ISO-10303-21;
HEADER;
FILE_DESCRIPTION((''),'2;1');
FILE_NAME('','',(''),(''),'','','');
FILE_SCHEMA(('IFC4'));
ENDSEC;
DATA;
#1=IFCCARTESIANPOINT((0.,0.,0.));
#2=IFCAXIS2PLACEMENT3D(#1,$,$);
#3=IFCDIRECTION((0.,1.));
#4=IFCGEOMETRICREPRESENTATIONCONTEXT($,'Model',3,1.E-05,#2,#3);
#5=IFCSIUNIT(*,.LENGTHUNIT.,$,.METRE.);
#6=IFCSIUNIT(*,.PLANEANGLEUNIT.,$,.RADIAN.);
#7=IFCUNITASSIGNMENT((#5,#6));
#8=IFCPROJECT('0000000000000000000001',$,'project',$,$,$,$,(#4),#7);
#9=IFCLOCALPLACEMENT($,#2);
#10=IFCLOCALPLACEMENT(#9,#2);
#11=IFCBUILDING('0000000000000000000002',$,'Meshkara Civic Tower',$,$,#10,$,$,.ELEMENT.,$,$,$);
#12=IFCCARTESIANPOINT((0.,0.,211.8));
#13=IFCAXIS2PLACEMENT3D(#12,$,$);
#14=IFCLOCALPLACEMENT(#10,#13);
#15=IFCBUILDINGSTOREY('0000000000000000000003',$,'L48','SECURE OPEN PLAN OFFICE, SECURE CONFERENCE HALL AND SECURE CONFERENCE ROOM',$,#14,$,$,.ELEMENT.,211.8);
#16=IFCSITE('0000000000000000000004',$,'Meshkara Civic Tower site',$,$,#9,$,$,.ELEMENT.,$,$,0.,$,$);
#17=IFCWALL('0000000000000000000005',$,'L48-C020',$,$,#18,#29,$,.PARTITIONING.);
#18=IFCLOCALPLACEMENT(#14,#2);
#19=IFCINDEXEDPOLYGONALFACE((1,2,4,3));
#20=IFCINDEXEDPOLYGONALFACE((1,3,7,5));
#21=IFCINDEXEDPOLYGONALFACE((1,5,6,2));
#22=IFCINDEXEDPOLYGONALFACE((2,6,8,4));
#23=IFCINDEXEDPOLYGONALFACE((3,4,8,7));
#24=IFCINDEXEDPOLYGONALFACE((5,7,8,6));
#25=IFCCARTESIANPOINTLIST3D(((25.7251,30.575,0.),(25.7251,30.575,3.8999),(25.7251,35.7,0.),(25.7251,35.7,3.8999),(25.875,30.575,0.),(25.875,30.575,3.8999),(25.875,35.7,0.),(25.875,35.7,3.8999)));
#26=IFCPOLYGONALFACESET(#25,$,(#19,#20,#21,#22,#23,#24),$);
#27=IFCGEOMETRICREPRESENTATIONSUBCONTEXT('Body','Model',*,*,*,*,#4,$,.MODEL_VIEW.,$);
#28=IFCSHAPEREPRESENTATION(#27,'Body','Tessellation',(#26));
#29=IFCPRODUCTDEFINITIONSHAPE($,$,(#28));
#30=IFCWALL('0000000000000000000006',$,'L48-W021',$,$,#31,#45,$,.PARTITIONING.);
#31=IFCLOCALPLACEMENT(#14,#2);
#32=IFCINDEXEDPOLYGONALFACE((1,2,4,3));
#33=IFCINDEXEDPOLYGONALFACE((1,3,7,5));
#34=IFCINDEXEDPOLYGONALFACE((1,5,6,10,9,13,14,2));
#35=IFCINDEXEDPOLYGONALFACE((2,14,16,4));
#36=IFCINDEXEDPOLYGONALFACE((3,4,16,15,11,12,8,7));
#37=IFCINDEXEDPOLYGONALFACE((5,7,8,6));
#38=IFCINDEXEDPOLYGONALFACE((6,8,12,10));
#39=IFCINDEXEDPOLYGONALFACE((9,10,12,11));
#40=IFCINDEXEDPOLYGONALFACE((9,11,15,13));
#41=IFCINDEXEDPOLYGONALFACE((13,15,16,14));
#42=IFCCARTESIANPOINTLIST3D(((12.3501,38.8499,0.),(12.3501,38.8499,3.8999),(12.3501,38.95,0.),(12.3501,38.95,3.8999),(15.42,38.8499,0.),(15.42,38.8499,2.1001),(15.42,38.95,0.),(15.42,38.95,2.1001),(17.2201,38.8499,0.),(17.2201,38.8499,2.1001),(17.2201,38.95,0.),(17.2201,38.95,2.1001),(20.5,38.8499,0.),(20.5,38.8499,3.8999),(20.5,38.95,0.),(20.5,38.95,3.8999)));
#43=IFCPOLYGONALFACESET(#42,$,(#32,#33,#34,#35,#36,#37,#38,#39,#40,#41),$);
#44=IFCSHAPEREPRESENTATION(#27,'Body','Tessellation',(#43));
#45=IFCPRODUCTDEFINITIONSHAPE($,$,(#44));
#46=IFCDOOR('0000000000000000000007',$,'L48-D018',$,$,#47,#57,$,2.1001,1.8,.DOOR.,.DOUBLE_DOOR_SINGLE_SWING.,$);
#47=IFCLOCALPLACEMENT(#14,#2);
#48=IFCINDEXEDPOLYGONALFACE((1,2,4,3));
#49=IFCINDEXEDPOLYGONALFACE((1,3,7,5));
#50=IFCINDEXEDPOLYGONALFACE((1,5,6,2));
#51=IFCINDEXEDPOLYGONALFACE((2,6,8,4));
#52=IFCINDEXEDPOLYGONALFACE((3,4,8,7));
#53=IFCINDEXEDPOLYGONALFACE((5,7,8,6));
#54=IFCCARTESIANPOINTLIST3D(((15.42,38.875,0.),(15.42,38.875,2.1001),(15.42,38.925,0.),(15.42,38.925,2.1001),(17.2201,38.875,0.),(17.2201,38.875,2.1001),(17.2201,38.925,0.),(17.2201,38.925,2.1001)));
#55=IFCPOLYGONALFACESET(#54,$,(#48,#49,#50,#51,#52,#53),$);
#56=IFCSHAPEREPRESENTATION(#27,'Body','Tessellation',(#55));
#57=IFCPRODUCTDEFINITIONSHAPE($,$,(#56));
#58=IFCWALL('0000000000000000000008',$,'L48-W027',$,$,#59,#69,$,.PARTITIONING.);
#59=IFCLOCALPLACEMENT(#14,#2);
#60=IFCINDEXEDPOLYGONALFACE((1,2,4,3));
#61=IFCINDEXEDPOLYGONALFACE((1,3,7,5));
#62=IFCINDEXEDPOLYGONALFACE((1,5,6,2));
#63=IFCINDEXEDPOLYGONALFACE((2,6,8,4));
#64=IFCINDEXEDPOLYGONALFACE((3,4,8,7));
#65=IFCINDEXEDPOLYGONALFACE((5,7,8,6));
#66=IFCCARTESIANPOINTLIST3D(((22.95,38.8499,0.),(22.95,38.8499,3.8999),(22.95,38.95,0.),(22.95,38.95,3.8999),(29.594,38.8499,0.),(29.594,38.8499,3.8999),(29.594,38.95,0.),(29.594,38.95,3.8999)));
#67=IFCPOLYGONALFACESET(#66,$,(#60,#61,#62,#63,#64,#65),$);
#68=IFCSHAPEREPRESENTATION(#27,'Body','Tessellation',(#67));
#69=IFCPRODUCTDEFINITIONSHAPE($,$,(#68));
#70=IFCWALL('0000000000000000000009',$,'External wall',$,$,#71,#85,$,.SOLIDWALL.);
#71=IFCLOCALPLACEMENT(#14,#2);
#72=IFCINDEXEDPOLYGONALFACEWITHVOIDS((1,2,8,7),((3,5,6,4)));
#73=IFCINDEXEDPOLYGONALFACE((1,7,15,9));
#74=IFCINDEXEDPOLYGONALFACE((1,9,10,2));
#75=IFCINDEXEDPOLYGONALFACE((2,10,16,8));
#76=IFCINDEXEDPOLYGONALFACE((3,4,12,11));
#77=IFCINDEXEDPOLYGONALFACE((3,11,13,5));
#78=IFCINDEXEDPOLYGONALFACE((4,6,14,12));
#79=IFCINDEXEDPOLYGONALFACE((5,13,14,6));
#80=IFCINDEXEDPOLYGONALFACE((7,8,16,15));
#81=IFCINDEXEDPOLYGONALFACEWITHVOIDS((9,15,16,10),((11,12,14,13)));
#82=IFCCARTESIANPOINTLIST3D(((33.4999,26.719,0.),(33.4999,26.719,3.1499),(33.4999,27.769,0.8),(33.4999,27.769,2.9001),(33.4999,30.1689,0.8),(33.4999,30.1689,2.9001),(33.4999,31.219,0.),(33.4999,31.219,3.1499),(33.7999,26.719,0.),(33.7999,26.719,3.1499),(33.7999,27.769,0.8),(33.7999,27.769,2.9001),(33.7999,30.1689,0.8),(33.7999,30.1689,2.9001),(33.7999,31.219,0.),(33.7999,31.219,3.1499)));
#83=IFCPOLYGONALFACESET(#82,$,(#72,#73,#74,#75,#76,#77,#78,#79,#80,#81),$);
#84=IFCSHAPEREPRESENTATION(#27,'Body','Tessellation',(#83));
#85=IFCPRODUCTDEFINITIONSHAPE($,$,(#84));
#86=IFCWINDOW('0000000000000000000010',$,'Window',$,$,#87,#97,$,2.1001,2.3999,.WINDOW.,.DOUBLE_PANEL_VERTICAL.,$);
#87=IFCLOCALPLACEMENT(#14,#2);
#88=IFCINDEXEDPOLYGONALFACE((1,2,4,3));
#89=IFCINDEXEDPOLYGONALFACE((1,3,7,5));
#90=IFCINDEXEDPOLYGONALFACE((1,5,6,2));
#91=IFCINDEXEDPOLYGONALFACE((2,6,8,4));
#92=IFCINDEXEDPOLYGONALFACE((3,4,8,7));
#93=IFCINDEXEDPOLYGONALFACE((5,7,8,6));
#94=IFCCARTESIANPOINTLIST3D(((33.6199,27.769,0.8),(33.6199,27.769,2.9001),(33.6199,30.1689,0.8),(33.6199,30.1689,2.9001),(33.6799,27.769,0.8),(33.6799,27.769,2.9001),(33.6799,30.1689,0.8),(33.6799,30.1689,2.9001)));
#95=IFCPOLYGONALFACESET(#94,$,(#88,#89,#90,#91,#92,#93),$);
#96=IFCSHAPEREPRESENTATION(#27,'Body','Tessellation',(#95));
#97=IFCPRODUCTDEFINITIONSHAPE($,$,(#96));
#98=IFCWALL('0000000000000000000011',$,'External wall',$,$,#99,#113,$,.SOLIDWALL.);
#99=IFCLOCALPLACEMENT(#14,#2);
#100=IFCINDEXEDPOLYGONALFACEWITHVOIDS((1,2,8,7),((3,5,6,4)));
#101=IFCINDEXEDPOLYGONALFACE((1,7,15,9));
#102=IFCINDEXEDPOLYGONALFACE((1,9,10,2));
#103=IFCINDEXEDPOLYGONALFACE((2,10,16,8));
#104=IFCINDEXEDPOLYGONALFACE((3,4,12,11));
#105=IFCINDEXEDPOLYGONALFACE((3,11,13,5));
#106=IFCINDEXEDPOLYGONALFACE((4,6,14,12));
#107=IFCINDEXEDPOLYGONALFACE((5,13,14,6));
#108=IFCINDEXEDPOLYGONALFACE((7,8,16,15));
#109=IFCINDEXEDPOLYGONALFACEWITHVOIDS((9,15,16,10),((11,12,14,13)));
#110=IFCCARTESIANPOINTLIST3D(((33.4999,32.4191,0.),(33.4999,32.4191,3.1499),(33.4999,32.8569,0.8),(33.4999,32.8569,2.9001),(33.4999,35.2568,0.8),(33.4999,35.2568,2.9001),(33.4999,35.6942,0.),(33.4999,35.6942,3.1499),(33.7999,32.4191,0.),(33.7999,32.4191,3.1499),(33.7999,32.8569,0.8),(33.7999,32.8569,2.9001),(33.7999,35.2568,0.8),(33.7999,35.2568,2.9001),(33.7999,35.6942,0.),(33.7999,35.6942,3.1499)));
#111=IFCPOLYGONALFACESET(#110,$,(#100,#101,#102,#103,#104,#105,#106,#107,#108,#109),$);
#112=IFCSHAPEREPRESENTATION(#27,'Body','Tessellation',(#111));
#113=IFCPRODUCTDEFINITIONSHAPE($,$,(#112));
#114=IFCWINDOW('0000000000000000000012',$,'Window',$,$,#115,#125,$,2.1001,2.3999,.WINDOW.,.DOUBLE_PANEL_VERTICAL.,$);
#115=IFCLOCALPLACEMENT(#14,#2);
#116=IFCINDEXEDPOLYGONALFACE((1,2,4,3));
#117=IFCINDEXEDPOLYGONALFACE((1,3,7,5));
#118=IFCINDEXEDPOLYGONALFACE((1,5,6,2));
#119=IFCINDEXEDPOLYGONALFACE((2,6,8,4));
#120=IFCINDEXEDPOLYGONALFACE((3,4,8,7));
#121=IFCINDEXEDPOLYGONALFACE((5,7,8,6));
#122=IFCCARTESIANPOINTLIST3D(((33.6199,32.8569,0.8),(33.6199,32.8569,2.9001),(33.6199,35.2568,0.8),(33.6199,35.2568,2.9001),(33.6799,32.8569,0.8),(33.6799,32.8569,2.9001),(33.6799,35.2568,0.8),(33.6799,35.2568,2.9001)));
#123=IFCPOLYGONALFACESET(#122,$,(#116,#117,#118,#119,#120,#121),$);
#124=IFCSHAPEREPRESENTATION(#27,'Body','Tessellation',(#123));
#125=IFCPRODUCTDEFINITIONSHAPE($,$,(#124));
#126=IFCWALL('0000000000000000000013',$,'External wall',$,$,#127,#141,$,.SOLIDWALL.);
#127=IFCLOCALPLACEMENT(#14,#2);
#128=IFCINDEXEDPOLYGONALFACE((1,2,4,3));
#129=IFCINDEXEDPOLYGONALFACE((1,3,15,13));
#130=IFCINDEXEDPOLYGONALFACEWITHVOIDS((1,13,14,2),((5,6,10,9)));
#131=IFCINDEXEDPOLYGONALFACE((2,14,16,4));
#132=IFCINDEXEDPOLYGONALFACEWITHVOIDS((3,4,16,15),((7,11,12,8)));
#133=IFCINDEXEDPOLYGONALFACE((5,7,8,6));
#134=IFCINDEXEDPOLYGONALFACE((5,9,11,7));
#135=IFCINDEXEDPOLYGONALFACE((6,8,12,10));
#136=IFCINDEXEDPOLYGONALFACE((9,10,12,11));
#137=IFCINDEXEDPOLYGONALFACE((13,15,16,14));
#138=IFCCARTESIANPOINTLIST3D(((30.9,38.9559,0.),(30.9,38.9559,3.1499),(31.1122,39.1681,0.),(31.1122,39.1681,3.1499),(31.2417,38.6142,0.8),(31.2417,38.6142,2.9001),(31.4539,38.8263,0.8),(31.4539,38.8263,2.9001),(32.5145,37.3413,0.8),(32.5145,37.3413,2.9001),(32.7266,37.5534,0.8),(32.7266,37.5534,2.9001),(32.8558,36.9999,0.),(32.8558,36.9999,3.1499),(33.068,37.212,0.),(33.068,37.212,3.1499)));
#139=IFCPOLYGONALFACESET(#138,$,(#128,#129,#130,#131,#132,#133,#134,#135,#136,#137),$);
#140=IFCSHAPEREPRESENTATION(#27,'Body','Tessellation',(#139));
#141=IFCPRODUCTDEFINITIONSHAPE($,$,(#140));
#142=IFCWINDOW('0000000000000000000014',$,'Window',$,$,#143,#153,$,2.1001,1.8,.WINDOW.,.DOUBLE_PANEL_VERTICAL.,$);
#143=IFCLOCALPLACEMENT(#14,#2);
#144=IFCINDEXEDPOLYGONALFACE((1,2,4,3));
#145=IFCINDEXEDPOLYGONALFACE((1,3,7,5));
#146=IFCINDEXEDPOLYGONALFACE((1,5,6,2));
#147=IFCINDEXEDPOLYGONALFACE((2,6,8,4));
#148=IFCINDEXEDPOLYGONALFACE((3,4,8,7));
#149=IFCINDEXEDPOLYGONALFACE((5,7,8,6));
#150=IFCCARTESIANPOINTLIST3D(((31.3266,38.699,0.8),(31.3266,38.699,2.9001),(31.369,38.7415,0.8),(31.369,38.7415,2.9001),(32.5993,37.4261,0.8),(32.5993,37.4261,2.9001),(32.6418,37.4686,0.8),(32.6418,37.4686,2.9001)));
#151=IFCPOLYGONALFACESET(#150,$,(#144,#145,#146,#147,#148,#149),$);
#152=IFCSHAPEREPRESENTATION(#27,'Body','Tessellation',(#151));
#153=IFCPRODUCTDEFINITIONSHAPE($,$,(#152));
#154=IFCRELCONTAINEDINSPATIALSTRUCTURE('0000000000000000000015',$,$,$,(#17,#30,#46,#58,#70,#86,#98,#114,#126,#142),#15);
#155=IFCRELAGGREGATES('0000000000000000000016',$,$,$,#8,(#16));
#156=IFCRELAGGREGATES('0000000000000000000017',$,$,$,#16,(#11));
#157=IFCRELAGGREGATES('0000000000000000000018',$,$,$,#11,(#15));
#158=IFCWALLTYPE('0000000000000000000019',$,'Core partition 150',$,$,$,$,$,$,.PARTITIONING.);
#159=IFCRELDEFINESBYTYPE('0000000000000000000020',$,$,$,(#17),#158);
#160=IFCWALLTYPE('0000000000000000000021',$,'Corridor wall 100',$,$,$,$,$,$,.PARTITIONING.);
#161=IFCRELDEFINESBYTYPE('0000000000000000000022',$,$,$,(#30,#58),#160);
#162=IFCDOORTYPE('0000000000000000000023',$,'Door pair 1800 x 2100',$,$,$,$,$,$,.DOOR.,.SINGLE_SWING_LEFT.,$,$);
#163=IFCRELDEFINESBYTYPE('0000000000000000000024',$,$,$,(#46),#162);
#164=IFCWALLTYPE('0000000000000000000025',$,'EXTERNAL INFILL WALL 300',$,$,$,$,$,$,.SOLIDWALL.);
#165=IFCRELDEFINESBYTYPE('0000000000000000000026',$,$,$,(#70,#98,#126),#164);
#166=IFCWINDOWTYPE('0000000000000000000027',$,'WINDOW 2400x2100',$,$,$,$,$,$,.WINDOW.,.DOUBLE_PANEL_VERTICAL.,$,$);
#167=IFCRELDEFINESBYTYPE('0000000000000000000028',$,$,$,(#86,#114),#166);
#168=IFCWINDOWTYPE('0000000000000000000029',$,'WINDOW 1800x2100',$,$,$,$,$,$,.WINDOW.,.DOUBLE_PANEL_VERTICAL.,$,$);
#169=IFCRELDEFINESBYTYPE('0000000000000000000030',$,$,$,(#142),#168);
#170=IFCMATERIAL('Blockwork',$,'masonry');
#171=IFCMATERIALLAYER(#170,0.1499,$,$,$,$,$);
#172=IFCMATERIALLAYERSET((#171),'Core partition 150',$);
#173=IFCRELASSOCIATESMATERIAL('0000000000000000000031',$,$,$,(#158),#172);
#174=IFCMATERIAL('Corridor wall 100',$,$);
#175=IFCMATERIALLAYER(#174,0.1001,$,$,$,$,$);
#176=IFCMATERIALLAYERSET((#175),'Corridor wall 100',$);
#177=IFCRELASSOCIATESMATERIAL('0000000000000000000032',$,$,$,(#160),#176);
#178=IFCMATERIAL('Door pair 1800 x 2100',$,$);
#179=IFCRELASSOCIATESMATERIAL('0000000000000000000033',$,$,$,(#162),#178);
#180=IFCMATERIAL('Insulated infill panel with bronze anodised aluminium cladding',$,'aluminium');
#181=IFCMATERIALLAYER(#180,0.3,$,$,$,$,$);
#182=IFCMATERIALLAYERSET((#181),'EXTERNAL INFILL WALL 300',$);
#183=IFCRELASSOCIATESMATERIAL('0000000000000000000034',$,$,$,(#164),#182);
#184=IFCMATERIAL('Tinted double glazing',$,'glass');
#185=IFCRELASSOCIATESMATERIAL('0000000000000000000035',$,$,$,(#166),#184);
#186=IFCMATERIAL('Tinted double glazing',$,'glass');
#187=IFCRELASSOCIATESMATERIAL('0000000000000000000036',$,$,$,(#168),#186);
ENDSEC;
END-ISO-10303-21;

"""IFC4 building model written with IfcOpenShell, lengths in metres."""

from ifc_helpers import new_model, si_unit, direction, frame, frame_2d, origin, place, context, subcontext, project, spatial, rectangle, extrude, material, layer, layer_set, type_object, element, fill, save


model = new_model("IFC4")

# Units and contexts
model_context = context("Model", 3, precision=1e-05, world=origin(), true_north=direction((0.0, 1.0)))
body_context = subcontext(model_context, "Body", "Model", "MODEL_VIEW")
ifc_project = project(units=[si_unit("LENGTHUNIT", "METRE"), si_unit("PLANEANGLEUNIT", "RADIAN")], contexts=[model_context])

# Site, building, storey
site_placement = place(None, origin())
site = spatial("IfcSite", under=ifc_project, at=site_placement, Name="Meshkara Civic Tower site", CompositionType="ELEMENT", RefElevation=0.0)
building_placement = place(site_placement, origin())
building = spatial("IfcBuilding", under=site, at=building_placement, Name="Meshkara Civic Tower", CompositionType="ELEMENT")
storey_placement = place(building_placement, frame((0.0, 0.0, 211.8)))
storey = spatial("IfcBuildingStorey", under=building, at=storey_placement, Name="L48", Description="SECURE OPEN PLAN OFFICE, SECURE CONFERENCE HALL AND SECURE CONFERENCE ROOM", CompositionType="ELEMENT", Elevation=211.8)

# Shared definitions
ifc_material_1 = material(Name="Blockwork", Category="masonry")
ifc_layer_1 = layer(ifc_material_1, 0.1499)
ifc_layer_set_1 = layer_set([ifc_layer_1], Name="Core partition 150")
wall_type_1 = type_object("IfcWallType", Name="Core partition 150", PredefinedType="PARTITIONING", material=ifc_layer_set_1)

# Wall
for number, where, z_axis, x_axis, name in (
    (1, (25.8, 30.575, 0.0), (0.0, 0.0, 1.0), (0.0, 1.0, 0.0), "L48-C020"),
):
    element("IfcWall", number, at=place(storey_placement, frame(where, z_axis=z_axis, x_axis=x_axis)), inside=storey, type_object=wall_type_1, Name=name, PredefinedType="PARTITIONING", context=body_context, shape_type="SweptSolid", body=[
        extrude(rectangle(XDim=5.125, YDim=0.1499, at=frame_2d((2.5625, 0.0))), origin(), (0.0, 0.0, 1.0), 3.8999),
    ])

# Wall, opening, door
ifc_material_2 = material(Name="Corridor wall 100")
ifc_layer_2 = layer(ifc_material_2, 0.1001)
ifc_layer_set_2 = layer_set([ifc_layer_2], Name="Corridor wall 100")
wall_type_2 = type_object("IfcWallType", Name="Corridor wall 100", PredefinedType="PARTITIONING", material=ifc_layer_set_2)
wall_1_placement = place(storey_placement, frame((20.5, 38.8999, 0.0), z_axis=(0.0, 0.0, 1.0), x_axis=(-1.0, 0.0, 0.0)))
wall_1 = element("IfcWall", 2, at=wall_1_placement, inside=storey, type_object=wall_type_2, Name="L48-W021", PredefinedType="PARTITIONING", context=body_context, shape_type="SweptSolid", body=[
    extrude(rectangle(XDim=8.1499, YDim=0.1001, at=frame_2d((4.075, 0.0))), origin(), (0.0, 0.0, 1.0), 3.8999),
])
opening_1_placement = place(wall_1_placement, frame((3.28, 0.0, 0.0)))
opening_1 = element("IfcOpeningElement", 3, at=opening_1_placement, cuts=wall_1, PredefinedType="OPENING", context=body_context, shape_type="SweptSolid", body=[
    extrude(rectangle(XDim=1.8, YDim=2.1001, at=frame_2d((0.8999, 1.05))), frame((0.0, 0.0601, 0.0), z_axis=(0.0, -1.0, 0.0), x_axis=(1.0, 0.0, 0.0)), (0.0, 0.0, 1.0), 0.1201),
])
ifc_material_3 = material(Name="Door pair 1800 x 2100")
door_type_1 = type_object("IfcDoorType", Name="Door pair 1800 x 2100", OperationType="SINGLE_SWING_LEFT", PredefinedType="DOOR", material=ifc_material_3)
door_1_placement = place(opening_1_placement, origin())
door_1 = element("IfcDoor", 4, at=door_1_placement, inside=storey, type_object=door_type_1, Name="L48-D018", OperationType="DOUBLE_DOOR_SINGLE_SWING", OverallHeight=2.1001, OverallWidth=1.8, PredefinedType="DOOR", context=body_context, shape_type="SweptSolid", body=[
    extrude(rectangle(XDim=1.8, YDim=2.1001, at=frame_2d((0.8999, 1.05))), frame((0.0, 0.0249, 0.0), z_axis=(0.0, -1.0, 0.0), x_axis=(1.0, 0.0, 0.0)), (0.0, 0.0, 1.0), 0.05),
])
fill(opening_1, door_1)

# Wall
wall_2_placement = place(storey_placement, frame((29.594, 38.8999, 0.0), z_axis=(0.0, 0.0, 1.0), x_axis=(-1.0, 0.0, 0.0)))
element("IfcWall", 5, at=wall_2_placement, inside=storey, type_object=wall_type_2, Name="L48-W027", PredefinedType="PARTITIONING", context=body_context, shape_type="SweptSolid", body=[
    extrude(rectangle(XDim=6.644, YDim=0.1001, at=frame_2d((3.322, 0.0))), origin(), (0.0, 0.0, 1.0), 3.8999),
])

# Walls, openings, windows
ifc_material_4 = material(Name="Insulated infill panel with bronze anodised aluminium cladding", Category="aluminium")
ifc_layer_3 = layer(ifc_material_4, 0.3)
ifc_layer_set_3 = layer_set([ifc_layer_3], Name="EXTERNAL INFILL WALL 300")
wall_type_3 = type_object("IfcWallType", Name="EXTERNAL INFILL WALL 300", PredefinedType="SOLIDWALL", material=ifc_layer_set_3)
wall_3_placement = place(storey_placement, frame((33.6499, 26.719, 0.0), z_axis=(0.0, 0.0, 1.0), x_axis=(0.0, 1.0, 0.0)))
wall_3 = element("IfcWall", 6, at=wall_3_placement, inside=storey, type_object=wall_type_3, Name="External wall", PredefinedType="SOLIDWALL", context=body_context, shape_type="SweptSolid", body=[
    extrude(rectangle(XDim=4.5, YDim=0.3, at=frame_2d((2.25, 0.0))), origin(), (0.0, 0.0, 1.0), 3.1499),
])
opening_2_placement = place(wall_3_placement, frame((1.05, 0.0, 0.8)))
opening_2 = element("IfcOpeningElement", 7, at=opening_2_placement, cuts=wall_3, PredefinedType="OPENING", context=body_context, shape_type="SweptSolid", body=[
    extrude(rectangle(XDim=2.3999, YDim=2.1001, at=frame_2d((1.2, 1.05))), frame((0.0, 0.1599, 0.0), z_axis=(0.0, -1.0, 0.0), x_axis=(1.0, 0.0, 0.0)), (0.0, 0.0, 1.0), 0.3201),
])
ifc_material_5 = material(Name="Tinted double glazing", Category="glass")
window_type_1 = type_object("IfcWindowType", Name="WINDOW 2400x2100", PartitioningType="DOUBLE_PANEL_VERTICAL", PredefinedType="WINDOW", material=ifc_material_5)
window_1_placement = place(opening_2_placement, origin())
window_1 = element("IfcWindow", 8, at=window_1_placement, inside=storey, type_object=window_type_1, Name="Window", OverallHeight=2.1001, OverallWidth=2.3999, PartitioningType="DOUBLE_PANEL_VERTICAL", PredefinedType="WINDOW", context=body_context, shape_type="SweptSolid", body=[
    extrude(rectangle(XDim=2.3999, YDim=2.1001, at=frame_2d((1.2, 1.05))), frame((0.0, 0.03, 0.0), z_axis=(0.0, -1.0, 0.0), x_axis=(1.0, 0.0, 0.0)), (0.0, 0.0, 1.0), 0.0601),
])
fill(opening_2, window_1)
wall_4_placement = place(storey_placement, frame((33.6499, 32.4189, 0.0), z_axis=(0.0, 0.0, 1.0), x_axis=(0.0, 1.0, 0.0)))
wall_4 = element("IfcWall", 9, at=wall_4_placement, inside=storey, type_object=wall_type_3, Name="External wall", PredefinedType="SOLIDWALL", context=body_context, shape_type="SweptSolid", body=[
    extrude(rectangle(XDim=3.2751, YDim=0.3, at=frame_2d((1.6377, 0.0))), origin(), (0.0, 0.0, 1.0), 3.1499),
])
opening_3_placement = place(wall_4_placement, frame((0.438, 0.0, 0.8)))
opening_3 = element("IfcOpeningElement", 10, at=opening_3_placement, cuts=wall_4, PredefinedType="OPENING", context=body_context, shape_type="SweptSolid", body=[
    extrude(rectangle(XDim=2.3999, YDim=2.1001, at=frame_2d((1.2, 1.05))), frame((0.0, 0.1599, 0.0), z_axis=(0.0, -1.0, 0.0), x_axis=(1.0, 0.0, 0.0)), (0.0, 0.0, 1.0), 0.3201),
])
window_2_placement = place(opening_3_placement, origin())
window_2 = element("IfcWindow", 11, at=window_2_placement, inside=storey, type_object=window_type_1, Name="Window", OverallHeight=2.1001, OverallWidth=2.3999, PartitioningType="DOUBLE_PANEL_VERTICAL", PredefinedType="WINDOW", context=body_context, shape_type="SweptSolid", body=[
    extrude(rectangle(XDim=2.3999, YDim=2.1001, at=frame_2d((1.2, 1.05))), frame((0.0, 0.03, 0.0), z_axis=(0.0, -1.0, 0.0), x_axis=(1.0, 0.0, 0.0)), (0.0, 0.0, 1.0), 0.0601),
])
fill(opening_3, window_2)
wall_5_placement = place(storey_placement, frame((32.9619, 37.106, 0.0), z_axis=(0.0, 0.0, 1.0), x_axis=(-0.707063, 0.707151, 0.0)))
wall_5 = element("IfcWall", 12, at=wall_5_placement, inside=storey, type_object=wall_type_3, Name="External wall", PredefinedType="SOLIDWALL", context=body_context, shape_type="SweptSolid", body=[
    extrude(rectangle(XDim=2.7661, YDim=0.3, at=frame_2d((1.3831, 0.0))), origin(), (0.0, 0.0, 1.0), 3.1499),
])
opening_4_placement = place(wall_5_placement, frame((0.4829, 0.0, 0.8)))
opening_4 = element("IfcOpeningElement", 13, at=opening_4_placement, cuts=wall_5, PredefinedType="OPENING", context=body_context, shape_type="SweptSolid", body=[
    extrude(rectangle(XDim=1.8, YDim=2.1001, at=frame_2d((0.8999, 1.05))), frame((0.0, 0.1599, 0.0), z_axis=(0.0, -1.0, 0.0), x_axis=(1.0, 0.0, 0.0)), (0.0, 0.0, 1.0), 0.3201),
])
ifc_material_6 = material(Name="Tinted double glazing", Category="glass")
window_type_2 = type_object("IfcWindowType", Name="WINDOW 1800x2100", PartitioningType="DOUBLE_PANEL_VERTICAL", PredefinedType="WINDOW", material=ifc_material_6)
window_3_placement = place(opening_4_placement, origin())
window_3 = element("IfcWindow", 14, at=window_3_placement, inside=storey, type_object=window_type_2, Name="Window", OverallHeight=2.1001, OverallWidth=1.8, PartitioningType="DOUBLE_PANEL_VERTICAL", PredefinedType="WINDOW", context=body_context, shape_type="SweptSolid", body=[
    extrude(rectangle(XDim=1.8, YDim=2.1001, at=frame_2d((0.8999, 1.05))), frame((0.0, 0.03, 0.0), z_axis=(0.0, -1.0, 0.0), x_axis=(1.0, 0.0, 0.0)), (0.0, 0.0, 1.0), 0.0601),
])
fill(opening_4, window_3)

save(model, "model.ifc")
